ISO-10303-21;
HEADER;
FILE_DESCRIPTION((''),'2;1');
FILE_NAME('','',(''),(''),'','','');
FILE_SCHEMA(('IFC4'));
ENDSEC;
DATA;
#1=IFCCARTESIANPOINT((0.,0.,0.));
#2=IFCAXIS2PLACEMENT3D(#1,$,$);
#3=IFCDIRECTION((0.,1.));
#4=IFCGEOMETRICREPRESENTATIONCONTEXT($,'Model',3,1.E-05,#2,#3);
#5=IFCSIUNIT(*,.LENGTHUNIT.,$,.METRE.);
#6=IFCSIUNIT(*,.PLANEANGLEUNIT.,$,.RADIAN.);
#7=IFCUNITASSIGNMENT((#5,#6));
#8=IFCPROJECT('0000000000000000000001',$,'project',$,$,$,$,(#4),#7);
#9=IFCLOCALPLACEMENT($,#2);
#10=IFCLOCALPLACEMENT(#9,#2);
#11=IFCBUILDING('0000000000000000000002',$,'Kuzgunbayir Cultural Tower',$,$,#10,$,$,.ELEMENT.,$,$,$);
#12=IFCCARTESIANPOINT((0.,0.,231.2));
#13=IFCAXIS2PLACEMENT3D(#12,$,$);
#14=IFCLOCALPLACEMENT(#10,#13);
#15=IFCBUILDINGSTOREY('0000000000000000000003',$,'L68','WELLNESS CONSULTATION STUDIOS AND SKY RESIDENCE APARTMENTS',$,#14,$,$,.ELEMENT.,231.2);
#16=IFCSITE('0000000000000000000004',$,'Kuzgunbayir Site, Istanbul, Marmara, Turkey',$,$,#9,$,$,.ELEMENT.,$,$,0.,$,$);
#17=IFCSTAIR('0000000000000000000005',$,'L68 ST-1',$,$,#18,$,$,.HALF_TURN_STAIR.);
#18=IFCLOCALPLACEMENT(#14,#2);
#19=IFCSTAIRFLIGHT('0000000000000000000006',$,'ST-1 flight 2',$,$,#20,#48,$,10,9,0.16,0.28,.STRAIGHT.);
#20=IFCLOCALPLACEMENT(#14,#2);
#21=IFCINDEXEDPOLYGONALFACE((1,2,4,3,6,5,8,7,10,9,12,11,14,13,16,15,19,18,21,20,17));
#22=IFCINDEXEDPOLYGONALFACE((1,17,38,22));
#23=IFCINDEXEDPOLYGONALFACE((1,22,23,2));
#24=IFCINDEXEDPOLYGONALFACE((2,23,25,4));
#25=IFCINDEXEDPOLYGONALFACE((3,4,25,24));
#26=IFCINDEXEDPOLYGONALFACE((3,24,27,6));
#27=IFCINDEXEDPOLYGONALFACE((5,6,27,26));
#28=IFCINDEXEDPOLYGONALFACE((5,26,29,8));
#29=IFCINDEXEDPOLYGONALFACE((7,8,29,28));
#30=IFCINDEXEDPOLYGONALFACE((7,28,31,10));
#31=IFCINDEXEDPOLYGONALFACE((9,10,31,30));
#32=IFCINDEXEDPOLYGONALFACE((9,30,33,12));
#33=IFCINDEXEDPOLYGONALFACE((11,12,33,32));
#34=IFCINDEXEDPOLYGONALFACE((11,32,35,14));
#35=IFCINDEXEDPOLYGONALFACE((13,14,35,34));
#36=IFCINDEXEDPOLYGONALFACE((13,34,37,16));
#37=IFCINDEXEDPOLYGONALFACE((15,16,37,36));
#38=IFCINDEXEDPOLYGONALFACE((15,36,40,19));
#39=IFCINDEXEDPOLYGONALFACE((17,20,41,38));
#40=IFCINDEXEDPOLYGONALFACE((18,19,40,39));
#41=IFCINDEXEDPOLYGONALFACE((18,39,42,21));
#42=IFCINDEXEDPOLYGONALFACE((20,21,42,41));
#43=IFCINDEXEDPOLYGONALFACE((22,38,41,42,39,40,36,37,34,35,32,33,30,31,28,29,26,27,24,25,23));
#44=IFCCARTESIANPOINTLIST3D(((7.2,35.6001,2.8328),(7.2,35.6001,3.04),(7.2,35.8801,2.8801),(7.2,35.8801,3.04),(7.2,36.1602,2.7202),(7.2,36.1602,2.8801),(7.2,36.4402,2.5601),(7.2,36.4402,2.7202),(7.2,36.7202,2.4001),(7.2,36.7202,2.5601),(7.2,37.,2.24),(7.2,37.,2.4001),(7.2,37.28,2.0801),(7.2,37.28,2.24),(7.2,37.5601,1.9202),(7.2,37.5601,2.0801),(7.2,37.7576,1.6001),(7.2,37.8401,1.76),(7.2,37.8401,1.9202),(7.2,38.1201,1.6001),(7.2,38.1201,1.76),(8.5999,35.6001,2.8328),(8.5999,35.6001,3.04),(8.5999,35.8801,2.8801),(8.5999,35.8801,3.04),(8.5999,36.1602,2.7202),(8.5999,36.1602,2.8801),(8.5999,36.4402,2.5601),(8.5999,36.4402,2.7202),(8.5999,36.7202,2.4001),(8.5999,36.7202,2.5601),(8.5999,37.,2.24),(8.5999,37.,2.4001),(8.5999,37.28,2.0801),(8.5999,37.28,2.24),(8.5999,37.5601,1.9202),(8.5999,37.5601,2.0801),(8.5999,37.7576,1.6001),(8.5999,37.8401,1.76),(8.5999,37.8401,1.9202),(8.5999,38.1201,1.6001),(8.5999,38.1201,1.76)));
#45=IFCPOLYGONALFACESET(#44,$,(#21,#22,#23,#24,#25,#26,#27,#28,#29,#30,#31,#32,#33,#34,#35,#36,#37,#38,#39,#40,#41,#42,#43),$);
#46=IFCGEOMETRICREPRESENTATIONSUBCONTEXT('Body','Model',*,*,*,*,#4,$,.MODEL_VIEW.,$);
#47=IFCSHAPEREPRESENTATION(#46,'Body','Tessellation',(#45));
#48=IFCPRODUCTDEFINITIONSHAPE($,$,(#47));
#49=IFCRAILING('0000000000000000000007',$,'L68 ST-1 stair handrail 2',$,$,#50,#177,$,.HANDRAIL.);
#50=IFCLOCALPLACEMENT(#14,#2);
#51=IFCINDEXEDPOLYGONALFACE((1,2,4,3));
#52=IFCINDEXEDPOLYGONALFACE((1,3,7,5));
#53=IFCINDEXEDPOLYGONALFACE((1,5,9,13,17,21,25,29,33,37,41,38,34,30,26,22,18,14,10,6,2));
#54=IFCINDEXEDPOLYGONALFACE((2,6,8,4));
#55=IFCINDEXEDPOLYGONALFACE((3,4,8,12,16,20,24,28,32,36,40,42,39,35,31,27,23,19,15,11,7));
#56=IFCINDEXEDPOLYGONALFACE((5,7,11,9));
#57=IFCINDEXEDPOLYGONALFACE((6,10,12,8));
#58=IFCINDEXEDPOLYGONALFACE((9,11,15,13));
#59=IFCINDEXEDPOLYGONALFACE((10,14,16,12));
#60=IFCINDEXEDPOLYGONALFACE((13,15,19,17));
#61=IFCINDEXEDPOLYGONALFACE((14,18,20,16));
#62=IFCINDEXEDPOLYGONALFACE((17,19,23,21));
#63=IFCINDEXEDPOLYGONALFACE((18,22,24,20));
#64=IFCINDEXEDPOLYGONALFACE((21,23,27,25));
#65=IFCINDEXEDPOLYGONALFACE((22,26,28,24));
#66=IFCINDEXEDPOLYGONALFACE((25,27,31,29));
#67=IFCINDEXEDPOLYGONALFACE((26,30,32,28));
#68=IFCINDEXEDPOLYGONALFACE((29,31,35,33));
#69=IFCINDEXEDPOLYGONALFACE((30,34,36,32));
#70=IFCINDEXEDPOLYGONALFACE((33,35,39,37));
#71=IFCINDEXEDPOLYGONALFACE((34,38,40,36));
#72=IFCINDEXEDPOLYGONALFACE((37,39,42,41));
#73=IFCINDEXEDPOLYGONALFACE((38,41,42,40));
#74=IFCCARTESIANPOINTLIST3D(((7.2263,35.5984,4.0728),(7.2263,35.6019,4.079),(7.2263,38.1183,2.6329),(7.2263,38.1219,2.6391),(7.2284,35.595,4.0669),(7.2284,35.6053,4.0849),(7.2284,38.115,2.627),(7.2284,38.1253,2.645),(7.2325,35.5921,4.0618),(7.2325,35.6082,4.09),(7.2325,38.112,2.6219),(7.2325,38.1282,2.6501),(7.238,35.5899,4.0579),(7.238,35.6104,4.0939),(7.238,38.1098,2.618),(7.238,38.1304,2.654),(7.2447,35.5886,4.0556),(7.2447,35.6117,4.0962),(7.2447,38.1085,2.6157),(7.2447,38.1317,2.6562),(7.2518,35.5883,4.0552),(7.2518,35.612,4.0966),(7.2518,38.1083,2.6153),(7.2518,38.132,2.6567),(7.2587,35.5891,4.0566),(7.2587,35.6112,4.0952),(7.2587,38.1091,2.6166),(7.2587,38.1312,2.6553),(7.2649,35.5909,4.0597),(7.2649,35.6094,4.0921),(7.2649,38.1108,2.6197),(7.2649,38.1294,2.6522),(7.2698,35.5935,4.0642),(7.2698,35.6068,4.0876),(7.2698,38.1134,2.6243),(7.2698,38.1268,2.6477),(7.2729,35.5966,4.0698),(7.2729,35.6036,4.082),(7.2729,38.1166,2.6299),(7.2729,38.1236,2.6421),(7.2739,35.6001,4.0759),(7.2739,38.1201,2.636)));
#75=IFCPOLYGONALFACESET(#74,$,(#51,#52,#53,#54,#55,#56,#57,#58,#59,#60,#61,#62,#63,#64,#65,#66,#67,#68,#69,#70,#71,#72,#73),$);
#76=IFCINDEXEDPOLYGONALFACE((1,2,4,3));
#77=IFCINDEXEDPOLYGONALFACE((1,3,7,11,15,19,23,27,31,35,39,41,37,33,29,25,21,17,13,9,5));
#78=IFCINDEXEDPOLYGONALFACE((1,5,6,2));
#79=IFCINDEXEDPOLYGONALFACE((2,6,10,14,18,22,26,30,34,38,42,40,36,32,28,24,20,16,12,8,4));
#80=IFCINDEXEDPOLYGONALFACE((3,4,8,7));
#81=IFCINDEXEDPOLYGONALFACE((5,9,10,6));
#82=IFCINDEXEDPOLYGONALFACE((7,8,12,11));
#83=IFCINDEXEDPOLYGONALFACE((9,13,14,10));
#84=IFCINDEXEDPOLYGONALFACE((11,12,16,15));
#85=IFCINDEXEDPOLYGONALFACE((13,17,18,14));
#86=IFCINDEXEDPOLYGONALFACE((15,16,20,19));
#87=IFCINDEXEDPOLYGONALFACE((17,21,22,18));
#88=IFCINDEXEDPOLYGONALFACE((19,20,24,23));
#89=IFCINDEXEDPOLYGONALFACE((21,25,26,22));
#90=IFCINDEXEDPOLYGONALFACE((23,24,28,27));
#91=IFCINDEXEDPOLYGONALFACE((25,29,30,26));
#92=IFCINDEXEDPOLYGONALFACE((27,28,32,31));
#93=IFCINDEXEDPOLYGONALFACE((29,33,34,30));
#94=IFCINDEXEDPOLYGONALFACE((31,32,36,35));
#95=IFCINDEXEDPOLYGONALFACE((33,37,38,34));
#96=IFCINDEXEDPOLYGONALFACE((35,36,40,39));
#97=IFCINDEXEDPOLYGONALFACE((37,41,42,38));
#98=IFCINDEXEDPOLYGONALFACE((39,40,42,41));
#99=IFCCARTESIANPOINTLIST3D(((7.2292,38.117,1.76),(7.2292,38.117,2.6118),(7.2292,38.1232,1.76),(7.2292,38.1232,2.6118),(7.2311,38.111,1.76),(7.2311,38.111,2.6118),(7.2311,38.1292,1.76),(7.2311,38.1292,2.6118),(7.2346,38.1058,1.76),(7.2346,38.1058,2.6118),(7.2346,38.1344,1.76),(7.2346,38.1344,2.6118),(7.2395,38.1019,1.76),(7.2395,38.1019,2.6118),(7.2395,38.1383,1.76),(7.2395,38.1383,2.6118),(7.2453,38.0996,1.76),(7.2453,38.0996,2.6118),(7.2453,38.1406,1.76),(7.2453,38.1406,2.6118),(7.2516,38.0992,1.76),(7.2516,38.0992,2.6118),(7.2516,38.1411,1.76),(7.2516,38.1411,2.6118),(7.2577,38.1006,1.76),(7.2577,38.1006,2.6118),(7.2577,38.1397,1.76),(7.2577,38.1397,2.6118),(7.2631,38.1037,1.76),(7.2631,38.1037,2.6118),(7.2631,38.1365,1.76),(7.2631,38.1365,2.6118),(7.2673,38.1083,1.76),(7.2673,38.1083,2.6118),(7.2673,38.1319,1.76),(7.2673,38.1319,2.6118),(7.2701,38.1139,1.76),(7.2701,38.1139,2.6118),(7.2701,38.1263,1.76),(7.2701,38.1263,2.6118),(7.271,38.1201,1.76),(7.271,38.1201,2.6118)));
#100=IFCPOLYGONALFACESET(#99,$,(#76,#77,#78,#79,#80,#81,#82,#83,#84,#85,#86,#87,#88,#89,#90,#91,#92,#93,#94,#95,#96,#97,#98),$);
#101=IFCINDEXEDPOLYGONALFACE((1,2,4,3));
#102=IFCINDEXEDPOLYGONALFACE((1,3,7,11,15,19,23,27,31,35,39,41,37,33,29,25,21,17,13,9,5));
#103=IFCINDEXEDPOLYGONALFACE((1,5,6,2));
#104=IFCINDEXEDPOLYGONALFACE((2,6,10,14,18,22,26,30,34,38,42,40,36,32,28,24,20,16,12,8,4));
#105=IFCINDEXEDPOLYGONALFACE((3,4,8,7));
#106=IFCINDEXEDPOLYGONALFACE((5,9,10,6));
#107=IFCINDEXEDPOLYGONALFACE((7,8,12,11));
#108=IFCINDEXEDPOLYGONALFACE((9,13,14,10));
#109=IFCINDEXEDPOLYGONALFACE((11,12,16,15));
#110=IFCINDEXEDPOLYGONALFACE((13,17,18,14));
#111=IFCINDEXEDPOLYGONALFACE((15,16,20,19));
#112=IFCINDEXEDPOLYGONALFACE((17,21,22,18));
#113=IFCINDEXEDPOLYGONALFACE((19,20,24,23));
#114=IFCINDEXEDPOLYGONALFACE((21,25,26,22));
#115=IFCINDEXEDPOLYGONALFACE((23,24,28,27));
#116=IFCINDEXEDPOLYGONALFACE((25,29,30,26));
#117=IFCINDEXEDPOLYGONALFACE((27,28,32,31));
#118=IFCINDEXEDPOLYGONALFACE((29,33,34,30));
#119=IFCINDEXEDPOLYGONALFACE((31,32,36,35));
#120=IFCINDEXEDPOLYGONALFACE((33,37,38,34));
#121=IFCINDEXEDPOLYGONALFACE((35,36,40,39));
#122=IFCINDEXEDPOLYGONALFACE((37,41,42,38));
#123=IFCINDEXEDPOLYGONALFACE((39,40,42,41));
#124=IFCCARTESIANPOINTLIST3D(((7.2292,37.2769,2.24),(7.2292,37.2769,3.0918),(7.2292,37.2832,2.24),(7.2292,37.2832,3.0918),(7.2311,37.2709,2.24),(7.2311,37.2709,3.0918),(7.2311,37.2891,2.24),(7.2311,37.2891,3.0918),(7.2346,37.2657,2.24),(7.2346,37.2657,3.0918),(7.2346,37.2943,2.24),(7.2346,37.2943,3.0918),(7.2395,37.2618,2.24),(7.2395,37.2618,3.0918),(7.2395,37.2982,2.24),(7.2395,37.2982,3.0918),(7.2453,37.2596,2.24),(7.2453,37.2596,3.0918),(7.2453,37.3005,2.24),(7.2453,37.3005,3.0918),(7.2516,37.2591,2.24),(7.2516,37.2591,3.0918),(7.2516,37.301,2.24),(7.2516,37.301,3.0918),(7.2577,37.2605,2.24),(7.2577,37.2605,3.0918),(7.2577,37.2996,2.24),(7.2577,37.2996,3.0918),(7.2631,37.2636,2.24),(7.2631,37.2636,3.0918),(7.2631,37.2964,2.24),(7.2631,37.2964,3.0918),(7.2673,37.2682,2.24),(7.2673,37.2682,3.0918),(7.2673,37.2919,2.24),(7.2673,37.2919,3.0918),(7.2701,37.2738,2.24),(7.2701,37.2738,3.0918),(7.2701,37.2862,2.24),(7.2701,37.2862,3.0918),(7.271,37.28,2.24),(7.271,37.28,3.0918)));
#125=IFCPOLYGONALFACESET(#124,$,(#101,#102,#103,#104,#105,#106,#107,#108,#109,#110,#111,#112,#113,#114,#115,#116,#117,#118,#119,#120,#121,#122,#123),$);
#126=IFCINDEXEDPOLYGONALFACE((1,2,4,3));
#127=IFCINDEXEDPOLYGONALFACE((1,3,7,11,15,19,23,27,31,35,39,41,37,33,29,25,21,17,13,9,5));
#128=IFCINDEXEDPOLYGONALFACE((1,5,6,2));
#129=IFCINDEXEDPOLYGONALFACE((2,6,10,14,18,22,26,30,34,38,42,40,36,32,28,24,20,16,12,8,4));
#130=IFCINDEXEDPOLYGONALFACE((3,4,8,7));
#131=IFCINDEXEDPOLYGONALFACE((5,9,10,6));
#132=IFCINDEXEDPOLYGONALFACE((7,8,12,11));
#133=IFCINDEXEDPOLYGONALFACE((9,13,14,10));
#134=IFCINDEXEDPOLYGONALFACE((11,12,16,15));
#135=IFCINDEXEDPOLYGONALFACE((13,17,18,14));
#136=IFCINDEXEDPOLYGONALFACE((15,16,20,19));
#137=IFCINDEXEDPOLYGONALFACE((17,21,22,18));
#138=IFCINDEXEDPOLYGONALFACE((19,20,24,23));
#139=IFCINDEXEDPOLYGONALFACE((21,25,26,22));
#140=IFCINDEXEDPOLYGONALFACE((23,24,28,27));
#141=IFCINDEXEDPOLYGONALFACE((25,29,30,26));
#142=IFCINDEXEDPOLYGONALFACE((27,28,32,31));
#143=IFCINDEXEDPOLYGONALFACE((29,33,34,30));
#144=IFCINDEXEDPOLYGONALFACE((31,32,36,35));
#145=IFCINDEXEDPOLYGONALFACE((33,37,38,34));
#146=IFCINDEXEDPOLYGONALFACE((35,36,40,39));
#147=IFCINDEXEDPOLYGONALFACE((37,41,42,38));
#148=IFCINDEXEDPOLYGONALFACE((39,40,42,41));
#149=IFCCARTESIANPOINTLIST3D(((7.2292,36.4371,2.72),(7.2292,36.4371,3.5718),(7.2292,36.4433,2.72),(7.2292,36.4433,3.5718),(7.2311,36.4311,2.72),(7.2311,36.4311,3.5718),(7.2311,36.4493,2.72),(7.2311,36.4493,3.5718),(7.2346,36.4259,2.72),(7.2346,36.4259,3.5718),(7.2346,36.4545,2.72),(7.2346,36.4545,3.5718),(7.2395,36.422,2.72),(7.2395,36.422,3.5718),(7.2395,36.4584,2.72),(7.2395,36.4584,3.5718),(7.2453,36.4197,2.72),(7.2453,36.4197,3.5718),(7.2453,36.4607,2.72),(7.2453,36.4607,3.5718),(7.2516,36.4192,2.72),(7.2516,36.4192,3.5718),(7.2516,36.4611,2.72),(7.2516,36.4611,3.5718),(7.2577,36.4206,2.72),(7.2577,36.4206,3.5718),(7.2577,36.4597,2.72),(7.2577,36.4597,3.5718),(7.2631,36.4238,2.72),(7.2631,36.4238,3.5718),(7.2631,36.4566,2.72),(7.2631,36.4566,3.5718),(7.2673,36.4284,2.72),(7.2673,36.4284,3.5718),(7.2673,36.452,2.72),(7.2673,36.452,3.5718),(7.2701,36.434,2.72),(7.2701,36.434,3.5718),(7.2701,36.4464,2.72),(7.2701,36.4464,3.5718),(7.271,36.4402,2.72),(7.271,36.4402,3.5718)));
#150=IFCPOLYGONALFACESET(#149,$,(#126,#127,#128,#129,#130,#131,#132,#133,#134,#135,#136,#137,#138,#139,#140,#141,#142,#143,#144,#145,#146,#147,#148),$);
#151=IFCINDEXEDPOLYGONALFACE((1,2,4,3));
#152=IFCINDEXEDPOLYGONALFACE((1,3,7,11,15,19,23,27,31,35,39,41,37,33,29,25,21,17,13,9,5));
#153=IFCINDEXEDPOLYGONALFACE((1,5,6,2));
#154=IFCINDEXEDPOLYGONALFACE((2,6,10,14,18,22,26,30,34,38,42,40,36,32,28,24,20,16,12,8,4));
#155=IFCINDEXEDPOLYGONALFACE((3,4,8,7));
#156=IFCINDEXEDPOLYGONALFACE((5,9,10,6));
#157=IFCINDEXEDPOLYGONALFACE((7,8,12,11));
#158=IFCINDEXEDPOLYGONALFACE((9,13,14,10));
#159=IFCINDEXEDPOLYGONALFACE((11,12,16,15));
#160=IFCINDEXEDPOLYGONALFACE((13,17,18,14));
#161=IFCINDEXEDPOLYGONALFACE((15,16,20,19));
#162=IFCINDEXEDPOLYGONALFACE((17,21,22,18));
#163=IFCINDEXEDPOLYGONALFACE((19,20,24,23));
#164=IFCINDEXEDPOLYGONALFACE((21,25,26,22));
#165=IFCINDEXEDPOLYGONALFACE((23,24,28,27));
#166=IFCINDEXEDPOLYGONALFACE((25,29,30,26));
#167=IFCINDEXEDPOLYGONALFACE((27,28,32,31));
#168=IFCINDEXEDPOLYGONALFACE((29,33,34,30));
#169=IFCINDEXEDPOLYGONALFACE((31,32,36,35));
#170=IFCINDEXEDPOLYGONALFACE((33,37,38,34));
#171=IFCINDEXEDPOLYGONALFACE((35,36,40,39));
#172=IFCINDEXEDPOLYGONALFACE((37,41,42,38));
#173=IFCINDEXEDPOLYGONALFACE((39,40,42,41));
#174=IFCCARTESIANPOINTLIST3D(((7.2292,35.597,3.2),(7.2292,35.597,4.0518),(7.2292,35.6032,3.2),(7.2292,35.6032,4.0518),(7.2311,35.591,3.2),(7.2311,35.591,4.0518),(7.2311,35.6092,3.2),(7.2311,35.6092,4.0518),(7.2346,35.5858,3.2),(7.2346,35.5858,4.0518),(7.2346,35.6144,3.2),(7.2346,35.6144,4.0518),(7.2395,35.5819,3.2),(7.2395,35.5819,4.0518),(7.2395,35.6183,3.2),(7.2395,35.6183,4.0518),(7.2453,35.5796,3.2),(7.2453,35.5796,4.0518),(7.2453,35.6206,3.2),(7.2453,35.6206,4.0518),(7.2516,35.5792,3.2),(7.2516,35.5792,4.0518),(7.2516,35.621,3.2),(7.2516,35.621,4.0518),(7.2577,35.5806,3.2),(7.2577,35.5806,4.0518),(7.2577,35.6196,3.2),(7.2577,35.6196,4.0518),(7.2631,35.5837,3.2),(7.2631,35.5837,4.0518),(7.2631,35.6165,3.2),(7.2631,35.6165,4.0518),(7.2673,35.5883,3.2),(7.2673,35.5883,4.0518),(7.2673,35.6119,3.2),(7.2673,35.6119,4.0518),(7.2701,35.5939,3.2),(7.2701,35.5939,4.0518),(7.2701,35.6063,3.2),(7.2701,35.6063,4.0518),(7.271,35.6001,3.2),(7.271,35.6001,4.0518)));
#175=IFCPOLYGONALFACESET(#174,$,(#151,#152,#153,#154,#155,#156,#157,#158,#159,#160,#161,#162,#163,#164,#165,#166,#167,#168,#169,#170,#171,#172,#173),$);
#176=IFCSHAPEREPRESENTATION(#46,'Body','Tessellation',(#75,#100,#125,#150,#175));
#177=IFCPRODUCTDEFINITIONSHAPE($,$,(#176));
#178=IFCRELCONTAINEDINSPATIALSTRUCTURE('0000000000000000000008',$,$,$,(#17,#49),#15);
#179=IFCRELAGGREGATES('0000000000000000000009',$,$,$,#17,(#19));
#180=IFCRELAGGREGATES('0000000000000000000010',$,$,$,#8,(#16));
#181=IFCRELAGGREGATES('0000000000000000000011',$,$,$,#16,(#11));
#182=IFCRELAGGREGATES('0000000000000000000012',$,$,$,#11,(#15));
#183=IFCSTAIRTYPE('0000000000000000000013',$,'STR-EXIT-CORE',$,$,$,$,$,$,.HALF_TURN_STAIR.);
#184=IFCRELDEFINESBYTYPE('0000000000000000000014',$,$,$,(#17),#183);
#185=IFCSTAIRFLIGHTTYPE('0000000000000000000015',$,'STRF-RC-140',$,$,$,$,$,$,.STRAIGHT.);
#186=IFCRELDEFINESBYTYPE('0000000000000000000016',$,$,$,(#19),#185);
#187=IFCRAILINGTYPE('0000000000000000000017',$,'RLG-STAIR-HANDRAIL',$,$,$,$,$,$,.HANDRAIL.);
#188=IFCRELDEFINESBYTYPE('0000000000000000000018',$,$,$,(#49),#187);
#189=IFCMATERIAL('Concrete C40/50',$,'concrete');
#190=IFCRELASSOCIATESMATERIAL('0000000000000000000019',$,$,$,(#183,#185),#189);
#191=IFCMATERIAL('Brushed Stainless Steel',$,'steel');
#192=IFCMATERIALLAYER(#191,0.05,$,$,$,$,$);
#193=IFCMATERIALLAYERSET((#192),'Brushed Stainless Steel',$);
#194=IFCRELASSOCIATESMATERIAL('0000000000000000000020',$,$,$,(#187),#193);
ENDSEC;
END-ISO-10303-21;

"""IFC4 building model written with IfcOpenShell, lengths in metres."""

from ifc_helpers import new_model, si_unit, direction, frame, origin, origin_2d, place, context, subcontext, project, spatial, polyline, circle, outline, extrude, material, layer, layer_set, type_object, element, aggregate, save


model = new_model("IFC4")

# Units and contexts
model_context = context("Model", 3, precision=1e-05, world=origin(), true_north=direction((0.0, 1.0)))
body_context = subcontext(model_context, "Body", "Model", "MODEL_VIEW")
ifc_project = project(units=[si_unit("LENGTHUNIT", "METRE"), si_unit("PLANEANGLEUNIT", "RADIAN")], contexts=[model_context])

# Site, building, storey
site_placement = place(None, origin())
site = spatial("IfcSite", under=ifc_project, at=site_placement, Name="Kuzgunbayir Site, Istanbul, Marmara, Turkey", CompositionType="ELEMENT", RefElevation=0.0)
building_placement = place(site_placement, origin())
building = spatial("IfcBuilding", under=site, at=building_placement, Name="Kuzgunbayir Cultural Tower", CompositionType="ELEMENT")
storey_placement = place(building_placement, frame((0.0, 0.0, 231.2)))
storey = spatial("IfcBuildingStorey", under=building, at=storey_placement, Name="L68", Description="WELLNESS CONSULTATION STUDIOS AND SKY RESIDENCE APARTMENTS", CompositionType="ELEMENT", Elevation=231.2)

# Shared definitions
ifc_material_1 = material(Name="Concrete C40/50", Category="concrete")

# Stair, stair flight
stair_type = type_object("IfcStairType", Name="STR-EXIT-CORE", PredefinedType="HALF_TURN_STAIR", material=ifc_material_1)
stair_placement = place(storey_placement, origin())
stair = element("IfcStair", 1, at=stair_placement, inside=storey, type_object=stair_type, Name="L68 ST-1", PredefinedType="HALF_TURN_STAIR")
stair_flight_type = type_object("IfcStairFlightType", Name="STRF-RC-140", PredefinedType="STRAIGHT", material=ifc_material_1)
stair_flight_placement = place(storey_placement, frame((7.8999, 38.1201, 1.6001), z_axis=(0.0, 0.0, 1.0), x_axis=(0.0, -1.0, 0.0)))
stair_flight = element("IfcStairFlight", 2, at=stair_flight_placement, type_object=stair_flight_type, Name="ST-1 flight 2", NumberOfRisers=10, NumberOfTreads=9, PredefinedType="STRAIGHT", RiserHeight=0.16, TreadLength=0.28, context=body_context, shape_type="SweptSolid", body=[
    extrude(outline(polyline([(0.0, 0.0), (0.0, 0.1599), (0.28, 0.1599), (0.28, 0.3201), (0.5601, 0.3201), (0.5601, 0.48), (0.8401, 0.48), (0.8401, 0.6399), (1.1201, 0.6399), (1.1201, 0.8), (1.3999, 0.8), (1.3999, 0.96), (1.6799, 0.96), (1.6799, 1.1201), (1.96, 1.1201), (1.96, 1.28), (2.24, 1.28), (2.24, 1.4399), (2.52, 1.4399), (2.52, 1.6001), (2.52, 1.2327), (0.3625, 0.0), (0.0, 0.0)])), frame((0.0, 0.7, 0.0), z_axis=(0.0, -1.0, 0.0), x_axis=(1.0, 0.0, 0.0)), (0.0, 0.0, 1.0), 1.3999),
])
aggregate(stair, [stair_flight])

# Railing
ifc_material_2 = material(Name="Brushed Stainless Steel", Category="steel")
ifc_layer_1 = layer(ifc_material_2, 0.05)
ifc_layer_set_1 = layer_set([ifc_layer_1], Name="Brushed Stainless Steel")
railing_type_1 = type_object("IfcRailingType", Name="RLG-STAIR-HANDRAIL", PredefinedType="HANDRAIL", material=ifc_layer_set_1)
railing_1_placement = place(storey_placement, frame((7.25, 38.1201, 1.76)))
element("IfcRailing", 3, at=railing_1_placement, inside=storey, type_object=railing_type_1, Name="L68 ST-1 stair handrail 2", PredefinedType="HANDRAIL", context=body_context, shape_type="SweptSolid", body=[
    extrude(circle(Radius=0.0239, at=origin_2d()), frame((0.0, 0.0, 0.876), z_axis=(0.0, -0.868253, 0.496121), x_axis=(1.0, 0.0, 0.0)), (0.0, 0.0, 1.0), 2.9023),
    extrude(circle(Radius=0.021, at=origin_2d()), origin(), (0.0, 0.0, 1.0), 0.8518),
    extrude(circle(Radius=0.021, at=origin_2d()), frame((0.0, -0.8401, 0.48)), (0.0, 0.0, 1.0), 0.8518),
    extrude(circle(Radius=0.021, at=origin_2d()), frame((0.0, -1.6799, 0.96)), (0.0, 0.0, 1.0), 0.8518),
    extrude(circle(Radius=0.021, at=origin_2d()), frame((0.0, -2.52, 1.4399)), (0.0, 0.0, 1.0), 0.8518),
])

save(model, "model.ifc")
